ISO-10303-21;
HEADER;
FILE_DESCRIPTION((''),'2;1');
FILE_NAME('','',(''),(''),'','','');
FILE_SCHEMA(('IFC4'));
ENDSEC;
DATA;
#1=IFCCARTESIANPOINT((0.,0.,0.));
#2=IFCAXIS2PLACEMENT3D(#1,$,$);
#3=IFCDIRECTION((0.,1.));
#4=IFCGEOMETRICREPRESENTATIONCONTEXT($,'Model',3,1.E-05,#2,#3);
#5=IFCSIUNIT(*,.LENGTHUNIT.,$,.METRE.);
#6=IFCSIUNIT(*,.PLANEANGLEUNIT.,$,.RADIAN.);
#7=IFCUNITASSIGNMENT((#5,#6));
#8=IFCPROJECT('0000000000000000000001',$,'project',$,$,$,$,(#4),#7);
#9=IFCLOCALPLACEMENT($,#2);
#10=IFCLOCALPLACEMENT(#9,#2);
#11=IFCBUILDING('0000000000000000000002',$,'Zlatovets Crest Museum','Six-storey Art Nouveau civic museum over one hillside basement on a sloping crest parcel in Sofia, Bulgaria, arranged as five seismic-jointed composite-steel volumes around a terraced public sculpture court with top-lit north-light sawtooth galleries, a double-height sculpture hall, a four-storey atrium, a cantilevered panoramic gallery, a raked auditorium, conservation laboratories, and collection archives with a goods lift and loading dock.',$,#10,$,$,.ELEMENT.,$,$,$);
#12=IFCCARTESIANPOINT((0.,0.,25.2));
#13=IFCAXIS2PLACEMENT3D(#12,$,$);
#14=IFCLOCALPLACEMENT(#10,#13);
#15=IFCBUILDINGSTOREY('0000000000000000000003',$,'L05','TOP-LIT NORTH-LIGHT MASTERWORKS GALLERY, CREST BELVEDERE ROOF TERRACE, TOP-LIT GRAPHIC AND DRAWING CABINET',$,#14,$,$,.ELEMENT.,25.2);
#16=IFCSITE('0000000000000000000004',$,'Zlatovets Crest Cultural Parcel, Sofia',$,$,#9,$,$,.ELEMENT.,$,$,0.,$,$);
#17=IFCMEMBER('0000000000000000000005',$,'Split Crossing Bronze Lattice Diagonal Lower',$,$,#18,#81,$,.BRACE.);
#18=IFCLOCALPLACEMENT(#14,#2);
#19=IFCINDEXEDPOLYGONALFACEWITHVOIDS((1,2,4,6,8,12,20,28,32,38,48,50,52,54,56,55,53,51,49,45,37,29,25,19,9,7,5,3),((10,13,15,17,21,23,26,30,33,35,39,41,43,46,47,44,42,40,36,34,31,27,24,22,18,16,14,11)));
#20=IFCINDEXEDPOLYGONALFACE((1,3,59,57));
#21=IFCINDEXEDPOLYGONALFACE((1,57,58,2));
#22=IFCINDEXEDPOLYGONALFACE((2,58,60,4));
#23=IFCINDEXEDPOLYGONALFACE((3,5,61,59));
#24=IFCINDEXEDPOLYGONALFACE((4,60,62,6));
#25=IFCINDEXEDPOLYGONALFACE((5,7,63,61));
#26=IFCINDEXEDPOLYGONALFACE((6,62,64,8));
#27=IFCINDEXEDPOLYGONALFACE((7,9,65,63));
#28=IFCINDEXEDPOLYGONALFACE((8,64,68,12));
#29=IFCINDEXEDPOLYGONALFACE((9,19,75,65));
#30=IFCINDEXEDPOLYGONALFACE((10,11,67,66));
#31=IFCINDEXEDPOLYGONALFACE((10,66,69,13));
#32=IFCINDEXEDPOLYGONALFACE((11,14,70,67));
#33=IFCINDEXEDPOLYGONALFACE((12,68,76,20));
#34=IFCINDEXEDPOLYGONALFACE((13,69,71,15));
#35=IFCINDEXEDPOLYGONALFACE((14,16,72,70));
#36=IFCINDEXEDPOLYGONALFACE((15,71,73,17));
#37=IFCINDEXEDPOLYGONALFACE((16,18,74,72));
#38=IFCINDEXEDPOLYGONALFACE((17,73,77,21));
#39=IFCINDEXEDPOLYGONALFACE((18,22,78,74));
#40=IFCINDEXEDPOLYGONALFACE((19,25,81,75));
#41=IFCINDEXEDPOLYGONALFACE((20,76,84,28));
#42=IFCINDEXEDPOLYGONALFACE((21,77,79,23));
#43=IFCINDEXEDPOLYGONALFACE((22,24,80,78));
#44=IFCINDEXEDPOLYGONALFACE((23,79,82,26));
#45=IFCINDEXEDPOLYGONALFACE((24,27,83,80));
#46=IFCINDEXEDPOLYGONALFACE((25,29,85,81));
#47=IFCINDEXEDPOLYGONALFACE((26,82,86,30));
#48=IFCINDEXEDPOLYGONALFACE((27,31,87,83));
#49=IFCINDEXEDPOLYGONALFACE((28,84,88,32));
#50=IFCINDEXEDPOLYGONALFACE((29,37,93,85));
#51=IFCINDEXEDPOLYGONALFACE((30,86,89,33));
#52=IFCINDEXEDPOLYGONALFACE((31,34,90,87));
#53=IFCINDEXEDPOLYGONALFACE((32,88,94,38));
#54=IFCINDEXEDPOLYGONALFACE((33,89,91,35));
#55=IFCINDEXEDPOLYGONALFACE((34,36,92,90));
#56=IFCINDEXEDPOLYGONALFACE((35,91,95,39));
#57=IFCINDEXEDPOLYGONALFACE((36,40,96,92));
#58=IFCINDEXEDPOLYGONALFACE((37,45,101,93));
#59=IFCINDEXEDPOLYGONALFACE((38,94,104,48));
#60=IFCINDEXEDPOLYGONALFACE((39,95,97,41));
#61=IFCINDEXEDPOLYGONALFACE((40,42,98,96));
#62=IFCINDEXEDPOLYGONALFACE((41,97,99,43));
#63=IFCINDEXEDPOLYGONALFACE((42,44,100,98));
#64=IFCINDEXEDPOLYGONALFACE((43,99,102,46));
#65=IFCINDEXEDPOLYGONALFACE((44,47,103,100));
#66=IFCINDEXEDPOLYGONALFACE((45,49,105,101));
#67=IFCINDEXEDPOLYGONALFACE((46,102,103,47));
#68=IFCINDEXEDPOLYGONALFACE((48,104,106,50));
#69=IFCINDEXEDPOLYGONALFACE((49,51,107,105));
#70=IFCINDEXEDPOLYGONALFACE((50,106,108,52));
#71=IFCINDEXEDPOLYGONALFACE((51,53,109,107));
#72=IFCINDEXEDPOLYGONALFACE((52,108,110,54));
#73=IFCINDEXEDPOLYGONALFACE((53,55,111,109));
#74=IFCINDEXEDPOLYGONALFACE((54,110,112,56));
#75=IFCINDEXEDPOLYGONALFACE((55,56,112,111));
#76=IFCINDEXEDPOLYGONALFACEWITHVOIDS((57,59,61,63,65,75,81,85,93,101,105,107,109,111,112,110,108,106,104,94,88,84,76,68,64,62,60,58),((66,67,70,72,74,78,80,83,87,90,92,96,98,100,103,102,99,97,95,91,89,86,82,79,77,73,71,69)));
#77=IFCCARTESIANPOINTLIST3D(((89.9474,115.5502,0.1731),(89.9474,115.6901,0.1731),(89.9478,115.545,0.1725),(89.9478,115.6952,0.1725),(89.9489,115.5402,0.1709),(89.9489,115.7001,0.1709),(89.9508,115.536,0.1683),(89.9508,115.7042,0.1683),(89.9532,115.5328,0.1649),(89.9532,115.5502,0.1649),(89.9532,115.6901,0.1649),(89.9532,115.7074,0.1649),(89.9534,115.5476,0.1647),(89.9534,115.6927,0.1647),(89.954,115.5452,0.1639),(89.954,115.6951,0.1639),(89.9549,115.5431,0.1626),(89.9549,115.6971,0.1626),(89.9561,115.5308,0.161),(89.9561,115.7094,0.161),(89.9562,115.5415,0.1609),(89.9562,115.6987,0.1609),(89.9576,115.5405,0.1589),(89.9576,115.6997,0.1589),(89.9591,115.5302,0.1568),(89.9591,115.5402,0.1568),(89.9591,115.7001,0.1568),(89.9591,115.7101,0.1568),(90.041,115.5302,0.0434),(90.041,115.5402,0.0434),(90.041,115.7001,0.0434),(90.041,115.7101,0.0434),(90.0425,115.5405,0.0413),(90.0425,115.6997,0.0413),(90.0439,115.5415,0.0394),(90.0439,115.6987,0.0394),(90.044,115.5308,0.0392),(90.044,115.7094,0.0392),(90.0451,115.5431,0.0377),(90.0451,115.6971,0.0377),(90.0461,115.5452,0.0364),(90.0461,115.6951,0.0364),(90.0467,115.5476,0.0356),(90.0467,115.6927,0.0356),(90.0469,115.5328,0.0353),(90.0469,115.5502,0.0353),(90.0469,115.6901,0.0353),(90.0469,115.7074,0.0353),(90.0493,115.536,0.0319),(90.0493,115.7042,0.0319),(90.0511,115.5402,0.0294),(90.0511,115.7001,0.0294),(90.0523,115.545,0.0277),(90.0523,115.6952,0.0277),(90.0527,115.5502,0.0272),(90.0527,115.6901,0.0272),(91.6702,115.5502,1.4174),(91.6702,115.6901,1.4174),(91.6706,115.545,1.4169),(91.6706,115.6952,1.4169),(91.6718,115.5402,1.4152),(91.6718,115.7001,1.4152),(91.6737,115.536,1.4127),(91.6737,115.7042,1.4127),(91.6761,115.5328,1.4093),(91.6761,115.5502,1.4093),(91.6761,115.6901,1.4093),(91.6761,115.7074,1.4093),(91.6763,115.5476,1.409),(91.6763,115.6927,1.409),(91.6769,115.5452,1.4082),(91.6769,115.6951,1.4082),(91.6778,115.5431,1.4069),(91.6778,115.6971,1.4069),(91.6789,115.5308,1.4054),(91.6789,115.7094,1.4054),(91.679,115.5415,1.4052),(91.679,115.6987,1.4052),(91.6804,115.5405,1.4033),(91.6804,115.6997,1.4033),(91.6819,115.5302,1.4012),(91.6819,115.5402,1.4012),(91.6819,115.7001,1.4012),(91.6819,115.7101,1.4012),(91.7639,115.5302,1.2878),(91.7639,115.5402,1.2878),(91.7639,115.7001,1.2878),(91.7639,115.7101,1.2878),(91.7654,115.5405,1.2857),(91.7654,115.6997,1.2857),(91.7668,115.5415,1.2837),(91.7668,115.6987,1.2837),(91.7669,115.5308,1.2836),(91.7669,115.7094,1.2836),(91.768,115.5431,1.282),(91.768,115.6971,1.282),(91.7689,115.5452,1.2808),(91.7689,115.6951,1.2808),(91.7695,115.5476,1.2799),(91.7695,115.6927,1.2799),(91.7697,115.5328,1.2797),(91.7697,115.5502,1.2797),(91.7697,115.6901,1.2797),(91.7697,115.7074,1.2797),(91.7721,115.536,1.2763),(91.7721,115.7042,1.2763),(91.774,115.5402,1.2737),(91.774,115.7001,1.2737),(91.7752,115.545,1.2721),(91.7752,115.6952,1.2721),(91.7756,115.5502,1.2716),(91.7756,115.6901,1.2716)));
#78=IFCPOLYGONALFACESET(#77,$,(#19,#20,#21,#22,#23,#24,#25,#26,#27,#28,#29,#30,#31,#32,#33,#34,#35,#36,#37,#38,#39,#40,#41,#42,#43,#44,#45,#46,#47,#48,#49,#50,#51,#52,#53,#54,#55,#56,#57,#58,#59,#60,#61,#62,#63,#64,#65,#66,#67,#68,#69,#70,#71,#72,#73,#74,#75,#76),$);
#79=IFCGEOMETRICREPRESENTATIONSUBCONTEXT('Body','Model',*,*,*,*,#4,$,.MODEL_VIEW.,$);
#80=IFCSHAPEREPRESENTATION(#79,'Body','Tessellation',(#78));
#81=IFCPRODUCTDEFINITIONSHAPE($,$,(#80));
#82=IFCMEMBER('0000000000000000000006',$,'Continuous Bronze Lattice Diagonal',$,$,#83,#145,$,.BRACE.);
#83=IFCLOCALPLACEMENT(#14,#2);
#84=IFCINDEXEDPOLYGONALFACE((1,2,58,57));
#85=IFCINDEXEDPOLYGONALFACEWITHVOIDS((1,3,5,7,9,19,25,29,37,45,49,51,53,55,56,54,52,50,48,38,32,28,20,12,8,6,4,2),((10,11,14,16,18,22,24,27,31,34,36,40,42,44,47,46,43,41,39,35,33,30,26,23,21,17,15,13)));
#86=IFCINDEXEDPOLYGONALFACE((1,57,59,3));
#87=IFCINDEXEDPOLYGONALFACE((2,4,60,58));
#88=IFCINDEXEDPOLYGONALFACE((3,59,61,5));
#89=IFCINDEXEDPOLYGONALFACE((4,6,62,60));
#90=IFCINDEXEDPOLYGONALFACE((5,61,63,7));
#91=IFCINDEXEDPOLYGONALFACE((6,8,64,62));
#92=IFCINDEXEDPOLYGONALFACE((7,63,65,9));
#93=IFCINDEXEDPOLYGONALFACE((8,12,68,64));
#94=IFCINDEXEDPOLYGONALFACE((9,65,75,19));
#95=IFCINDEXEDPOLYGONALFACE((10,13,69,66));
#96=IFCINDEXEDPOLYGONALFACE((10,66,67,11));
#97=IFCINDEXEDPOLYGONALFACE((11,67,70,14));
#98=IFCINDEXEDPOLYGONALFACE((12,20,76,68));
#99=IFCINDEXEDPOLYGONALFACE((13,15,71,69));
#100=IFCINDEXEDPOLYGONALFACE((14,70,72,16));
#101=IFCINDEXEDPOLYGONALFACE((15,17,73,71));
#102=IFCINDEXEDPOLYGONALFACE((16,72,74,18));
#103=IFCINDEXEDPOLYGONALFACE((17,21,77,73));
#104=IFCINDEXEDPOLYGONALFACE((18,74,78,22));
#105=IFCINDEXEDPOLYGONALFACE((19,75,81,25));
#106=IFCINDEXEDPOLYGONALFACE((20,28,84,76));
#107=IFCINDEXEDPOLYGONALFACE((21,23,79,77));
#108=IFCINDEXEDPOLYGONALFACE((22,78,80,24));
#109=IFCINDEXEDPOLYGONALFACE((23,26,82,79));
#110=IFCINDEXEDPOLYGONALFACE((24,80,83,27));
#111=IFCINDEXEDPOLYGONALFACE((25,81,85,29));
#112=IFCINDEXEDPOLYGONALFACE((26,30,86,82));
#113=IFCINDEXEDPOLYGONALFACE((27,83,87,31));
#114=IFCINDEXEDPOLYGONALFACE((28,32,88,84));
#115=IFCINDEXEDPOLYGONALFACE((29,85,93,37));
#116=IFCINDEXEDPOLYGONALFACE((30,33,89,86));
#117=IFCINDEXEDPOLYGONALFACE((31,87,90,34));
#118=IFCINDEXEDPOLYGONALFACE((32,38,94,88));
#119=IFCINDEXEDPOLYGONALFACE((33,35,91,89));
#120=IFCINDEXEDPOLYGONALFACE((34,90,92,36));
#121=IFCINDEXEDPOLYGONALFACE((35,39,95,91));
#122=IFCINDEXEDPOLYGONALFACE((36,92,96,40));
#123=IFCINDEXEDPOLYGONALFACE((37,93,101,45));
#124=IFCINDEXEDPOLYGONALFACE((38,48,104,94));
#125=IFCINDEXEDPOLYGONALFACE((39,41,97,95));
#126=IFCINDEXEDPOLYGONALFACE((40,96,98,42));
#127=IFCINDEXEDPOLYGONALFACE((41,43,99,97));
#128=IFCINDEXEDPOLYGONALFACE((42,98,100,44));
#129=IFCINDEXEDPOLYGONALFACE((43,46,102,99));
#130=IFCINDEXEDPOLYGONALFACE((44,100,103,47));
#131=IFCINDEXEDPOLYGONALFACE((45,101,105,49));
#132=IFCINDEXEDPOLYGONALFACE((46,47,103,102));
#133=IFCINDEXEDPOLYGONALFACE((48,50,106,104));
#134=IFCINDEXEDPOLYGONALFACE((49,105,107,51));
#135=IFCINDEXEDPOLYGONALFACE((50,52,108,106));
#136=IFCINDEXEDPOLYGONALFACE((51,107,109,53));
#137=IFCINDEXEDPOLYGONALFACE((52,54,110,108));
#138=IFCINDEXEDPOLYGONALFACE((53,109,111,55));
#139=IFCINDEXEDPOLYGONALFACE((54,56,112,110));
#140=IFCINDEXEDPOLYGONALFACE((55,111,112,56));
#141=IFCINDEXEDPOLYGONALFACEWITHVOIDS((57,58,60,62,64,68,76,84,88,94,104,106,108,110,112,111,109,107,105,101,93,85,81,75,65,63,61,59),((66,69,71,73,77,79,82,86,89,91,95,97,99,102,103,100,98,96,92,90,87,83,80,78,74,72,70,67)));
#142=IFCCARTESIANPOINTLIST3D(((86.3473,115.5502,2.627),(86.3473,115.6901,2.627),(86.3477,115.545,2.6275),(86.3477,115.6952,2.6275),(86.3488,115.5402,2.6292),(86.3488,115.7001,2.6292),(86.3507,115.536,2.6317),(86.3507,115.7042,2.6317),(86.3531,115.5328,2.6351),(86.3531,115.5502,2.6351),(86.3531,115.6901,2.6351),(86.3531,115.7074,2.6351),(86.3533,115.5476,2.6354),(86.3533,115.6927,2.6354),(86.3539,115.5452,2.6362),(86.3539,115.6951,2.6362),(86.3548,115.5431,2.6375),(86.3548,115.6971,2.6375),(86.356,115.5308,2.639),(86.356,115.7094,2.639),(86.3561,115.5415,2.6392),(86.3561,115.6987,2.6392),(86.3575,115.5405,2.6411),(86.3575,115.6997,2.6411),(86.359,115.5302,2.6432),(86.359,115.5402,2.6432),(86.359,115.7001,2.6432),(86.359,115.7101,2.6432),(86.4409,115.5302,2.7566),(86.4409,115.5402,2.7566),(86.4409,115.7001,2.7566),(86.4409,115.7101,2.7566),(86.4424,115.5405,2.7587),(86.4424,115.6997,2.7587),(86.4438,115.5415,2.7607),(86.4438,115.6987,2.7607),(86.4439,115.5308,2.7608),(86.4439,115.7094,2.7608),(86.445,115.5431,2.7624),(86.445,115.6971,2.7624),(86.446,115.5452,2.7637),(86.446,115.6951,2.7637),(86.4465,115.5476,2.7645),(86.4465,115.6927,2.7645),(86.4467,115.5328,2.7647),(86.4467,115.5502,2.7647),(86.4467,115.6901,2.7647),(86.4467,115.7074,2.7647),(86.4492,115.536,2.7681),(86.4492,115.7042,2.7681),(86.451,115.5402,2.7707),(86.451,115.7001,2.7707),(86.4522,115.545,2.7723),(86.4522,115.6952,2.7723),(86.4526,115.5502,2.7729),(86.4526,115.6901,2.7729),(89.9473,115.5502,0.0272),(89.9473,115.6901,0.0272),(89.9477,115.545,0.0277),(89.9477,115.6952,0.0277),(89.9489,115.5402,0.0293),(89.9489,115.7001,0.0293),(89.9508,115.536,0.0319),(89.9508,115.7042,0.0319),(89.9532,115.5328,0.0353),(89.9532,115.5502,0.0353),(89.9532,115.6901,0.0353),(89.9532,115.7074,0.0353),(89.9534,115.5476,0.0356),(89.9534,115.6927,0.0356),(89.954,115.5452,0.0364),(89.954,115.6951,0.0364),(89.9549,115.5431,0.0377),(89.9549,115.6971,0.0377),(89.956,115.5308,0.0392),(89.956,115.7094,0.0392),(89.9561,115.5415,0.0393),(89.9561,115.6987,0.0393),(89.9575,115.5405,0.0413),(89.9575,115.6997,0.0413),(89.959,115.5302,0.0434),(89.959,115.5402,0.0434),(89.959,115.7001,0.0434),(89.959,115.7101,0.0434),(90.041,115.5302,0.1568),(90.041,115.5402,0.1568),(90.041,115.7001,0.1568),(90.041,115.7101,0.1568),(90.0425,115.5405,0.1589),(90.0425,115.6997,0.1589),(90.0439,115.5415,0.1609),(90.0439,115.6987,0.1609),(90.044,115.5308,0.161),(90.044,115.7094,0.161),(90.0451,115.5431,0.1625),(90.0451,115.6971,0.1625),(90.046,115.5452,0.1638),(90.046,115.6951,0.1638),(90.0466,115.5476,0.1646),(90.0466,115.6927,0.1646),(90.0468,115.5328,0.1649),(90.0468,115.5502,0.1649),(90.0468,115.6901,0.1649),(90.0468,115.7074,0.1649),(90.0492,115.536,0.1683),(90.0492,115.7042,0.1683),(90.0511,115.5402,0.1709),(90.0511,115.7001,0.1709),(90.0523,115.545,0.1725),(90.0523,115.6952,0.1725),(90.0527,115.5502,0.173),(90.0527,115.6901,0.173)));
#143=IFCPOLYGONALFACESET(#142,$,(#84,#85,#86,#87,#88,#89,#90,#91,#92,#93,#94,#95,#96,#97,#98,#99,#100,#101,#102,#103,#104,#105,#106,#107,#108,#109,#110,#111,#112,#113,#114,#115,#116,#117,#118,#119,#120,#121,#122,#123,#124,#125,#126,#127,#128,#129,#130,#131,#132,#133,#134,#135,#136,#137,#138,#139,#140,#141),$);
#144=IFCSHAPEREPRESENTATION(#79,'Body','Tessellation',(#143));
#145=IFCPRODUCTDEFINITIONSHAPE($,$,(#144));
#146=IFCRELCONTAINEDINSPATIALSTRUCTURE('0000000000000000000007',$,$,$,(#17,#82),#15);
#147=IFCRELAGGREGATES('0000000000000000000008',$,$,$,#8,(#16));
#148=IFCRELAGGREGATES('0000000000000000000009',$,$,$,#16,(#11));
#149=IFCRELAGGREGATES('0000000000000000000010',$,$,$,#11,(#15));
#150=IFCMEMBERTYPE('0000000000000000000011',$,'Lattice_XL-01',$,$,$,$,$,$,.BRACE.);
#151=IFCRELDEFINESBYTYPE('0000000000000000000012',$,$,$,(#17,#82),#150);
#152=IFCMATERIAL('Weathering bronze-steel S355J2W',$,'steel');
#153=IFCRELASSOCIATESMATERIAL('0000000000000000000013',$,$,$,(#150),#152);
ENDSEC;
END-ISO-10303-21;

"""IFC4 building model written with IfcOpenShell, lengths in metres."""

from ifc_helpers import new_model, si_unit, direction, frame, origin, origin_2d, place, context, subcontext, project, spatial, hollow_rectangle, extrude, material, material_profile, profile_set, type_object, element, save


model = new_model("IFC4")

# Units and contexts
model_context = context("Model", 3, precision=1e-05, world=origin(), true_north=direction((0.0, 1.0)))
body_context = subcontext(model_context, "Body", "Model", "MODEL_VIEW")
ifc_project = project(units=[si_unit("LENGTHUNIT", "METRE"), si_unit("PLANEANGLEUNIT", "RADIAN")], contexts=[model_context])

# Site, building, storey
site_placement = place(None, origin())
site = spatial("IfcSite", under=ifc_project, at=site_placement, Name="Zlatovets Crest Cultural Parcel, Sofia", CompositionType="ELEMENT", RefElevation=0.0)
building_placement = place(site_placement, origin())
building = spatial("IfcBuilding", under=site, at=building_placement, Name="Zlatovets Crest Museum", Description="Six-storey Art Nouveau civic museum over one hillside basement on a sloping crest parcel in Sofia, Bulgaria, arranged as five seismic-jointed composite-steel volumes around a terraced public sculpture court with top-lit north-light sawtooth galleries, a double-height sculpture hall, a four-storey atrium, a cantilevered panoramic gallery, a raked auditorium, conservation laboratories, and collection archives with a goods lift and loading dock.", CompositionType="ELEMENT")
storey_placement = place(building_placement, frame((0.0, 0.0, 25.2)))
storey = spatial("IfcBuildingStorey", under=building, at=storey_placement, Name="L05", Description="TOP-LIT NORTH-LIGHT MASTERWORKS GALLERY, CREST BELVEDERE ROOF TERRACE, TOP-LIT GRAPHIC AND DRAWING CABINET", CompositionType="ELEMENT", Elevation=25.2)

# Members
ifc_material_1 = material(Name="Weathering bronze-steel S355J2W", Category="steel")
ifc_material_profile_1 = material_profile(ifc_material_1, hollow_rectangle(XDim=0.1799, YDim=0.1799, WallThickness=0.01, InnerFilletRadius=0.01, OuterFilletRadius=0.02, at=origin_2d()), Name="SHS 180x180x10.0")
ifc_profile_set_1 = profile_set([ifc_material_profile_1], Name="Weathering bronze-steel S355J2W")
member_type_1 = type_object("IfcMemberType", Name="Lattice_XL-01", PredefinedType="BRACE", material=ifc_profile_set_1)
member_1_placement = place(storey_placement, frame((91.7229, 115.6201, 1.3445), z_axis=(-0.810664, 0.0, -0.585512), x_axis=(0.0, -1.0, 0.0)))
element("IfcMember", 1, at=member_1_placement, inside=storey, type_object=member_type_1, Name="Split Crossing Bronze Lattice Diagonal Lower", PredefinedType="BRACE", context=body_context, shape_type="SweptSolid", body=[
    extrude(hollow_rectangle(XDim=0.1799, YDim=0.1799, WallThickness=0.01, InnerFilletRadius=0.01, OuterFilletRadius=0.02, at=origin_2d()), origin(), (0.0, 0.0, 1.0), 2.1252),
])
member_2_placement = place(storey_placement, frame((90.0, 115.6201, 0.1001), z_axis=(-0.810702, 0.0, 0.585458), x_axis=(0.0, -1.0, 0.0)))
element("IfcMember", 2, at=member_2_placement, inside=storey, type_object=member_type_1, Name="Continuous Bronze Lattice Diagonal", PredefinedType="BRACE", context=body_context, shape_type="SweptSolid", body=[
    extrude(hollow_rectangle(XDim=0.1799, YDim=0.1799, WallThickness=0.01, InnerFilletRadius=0.01, OuterFilletRadius=0.02, at=origin_2d()), origin(), (0.0, 0.0, 1.0), 4.4407),
])

save(model, "model.ifc")
